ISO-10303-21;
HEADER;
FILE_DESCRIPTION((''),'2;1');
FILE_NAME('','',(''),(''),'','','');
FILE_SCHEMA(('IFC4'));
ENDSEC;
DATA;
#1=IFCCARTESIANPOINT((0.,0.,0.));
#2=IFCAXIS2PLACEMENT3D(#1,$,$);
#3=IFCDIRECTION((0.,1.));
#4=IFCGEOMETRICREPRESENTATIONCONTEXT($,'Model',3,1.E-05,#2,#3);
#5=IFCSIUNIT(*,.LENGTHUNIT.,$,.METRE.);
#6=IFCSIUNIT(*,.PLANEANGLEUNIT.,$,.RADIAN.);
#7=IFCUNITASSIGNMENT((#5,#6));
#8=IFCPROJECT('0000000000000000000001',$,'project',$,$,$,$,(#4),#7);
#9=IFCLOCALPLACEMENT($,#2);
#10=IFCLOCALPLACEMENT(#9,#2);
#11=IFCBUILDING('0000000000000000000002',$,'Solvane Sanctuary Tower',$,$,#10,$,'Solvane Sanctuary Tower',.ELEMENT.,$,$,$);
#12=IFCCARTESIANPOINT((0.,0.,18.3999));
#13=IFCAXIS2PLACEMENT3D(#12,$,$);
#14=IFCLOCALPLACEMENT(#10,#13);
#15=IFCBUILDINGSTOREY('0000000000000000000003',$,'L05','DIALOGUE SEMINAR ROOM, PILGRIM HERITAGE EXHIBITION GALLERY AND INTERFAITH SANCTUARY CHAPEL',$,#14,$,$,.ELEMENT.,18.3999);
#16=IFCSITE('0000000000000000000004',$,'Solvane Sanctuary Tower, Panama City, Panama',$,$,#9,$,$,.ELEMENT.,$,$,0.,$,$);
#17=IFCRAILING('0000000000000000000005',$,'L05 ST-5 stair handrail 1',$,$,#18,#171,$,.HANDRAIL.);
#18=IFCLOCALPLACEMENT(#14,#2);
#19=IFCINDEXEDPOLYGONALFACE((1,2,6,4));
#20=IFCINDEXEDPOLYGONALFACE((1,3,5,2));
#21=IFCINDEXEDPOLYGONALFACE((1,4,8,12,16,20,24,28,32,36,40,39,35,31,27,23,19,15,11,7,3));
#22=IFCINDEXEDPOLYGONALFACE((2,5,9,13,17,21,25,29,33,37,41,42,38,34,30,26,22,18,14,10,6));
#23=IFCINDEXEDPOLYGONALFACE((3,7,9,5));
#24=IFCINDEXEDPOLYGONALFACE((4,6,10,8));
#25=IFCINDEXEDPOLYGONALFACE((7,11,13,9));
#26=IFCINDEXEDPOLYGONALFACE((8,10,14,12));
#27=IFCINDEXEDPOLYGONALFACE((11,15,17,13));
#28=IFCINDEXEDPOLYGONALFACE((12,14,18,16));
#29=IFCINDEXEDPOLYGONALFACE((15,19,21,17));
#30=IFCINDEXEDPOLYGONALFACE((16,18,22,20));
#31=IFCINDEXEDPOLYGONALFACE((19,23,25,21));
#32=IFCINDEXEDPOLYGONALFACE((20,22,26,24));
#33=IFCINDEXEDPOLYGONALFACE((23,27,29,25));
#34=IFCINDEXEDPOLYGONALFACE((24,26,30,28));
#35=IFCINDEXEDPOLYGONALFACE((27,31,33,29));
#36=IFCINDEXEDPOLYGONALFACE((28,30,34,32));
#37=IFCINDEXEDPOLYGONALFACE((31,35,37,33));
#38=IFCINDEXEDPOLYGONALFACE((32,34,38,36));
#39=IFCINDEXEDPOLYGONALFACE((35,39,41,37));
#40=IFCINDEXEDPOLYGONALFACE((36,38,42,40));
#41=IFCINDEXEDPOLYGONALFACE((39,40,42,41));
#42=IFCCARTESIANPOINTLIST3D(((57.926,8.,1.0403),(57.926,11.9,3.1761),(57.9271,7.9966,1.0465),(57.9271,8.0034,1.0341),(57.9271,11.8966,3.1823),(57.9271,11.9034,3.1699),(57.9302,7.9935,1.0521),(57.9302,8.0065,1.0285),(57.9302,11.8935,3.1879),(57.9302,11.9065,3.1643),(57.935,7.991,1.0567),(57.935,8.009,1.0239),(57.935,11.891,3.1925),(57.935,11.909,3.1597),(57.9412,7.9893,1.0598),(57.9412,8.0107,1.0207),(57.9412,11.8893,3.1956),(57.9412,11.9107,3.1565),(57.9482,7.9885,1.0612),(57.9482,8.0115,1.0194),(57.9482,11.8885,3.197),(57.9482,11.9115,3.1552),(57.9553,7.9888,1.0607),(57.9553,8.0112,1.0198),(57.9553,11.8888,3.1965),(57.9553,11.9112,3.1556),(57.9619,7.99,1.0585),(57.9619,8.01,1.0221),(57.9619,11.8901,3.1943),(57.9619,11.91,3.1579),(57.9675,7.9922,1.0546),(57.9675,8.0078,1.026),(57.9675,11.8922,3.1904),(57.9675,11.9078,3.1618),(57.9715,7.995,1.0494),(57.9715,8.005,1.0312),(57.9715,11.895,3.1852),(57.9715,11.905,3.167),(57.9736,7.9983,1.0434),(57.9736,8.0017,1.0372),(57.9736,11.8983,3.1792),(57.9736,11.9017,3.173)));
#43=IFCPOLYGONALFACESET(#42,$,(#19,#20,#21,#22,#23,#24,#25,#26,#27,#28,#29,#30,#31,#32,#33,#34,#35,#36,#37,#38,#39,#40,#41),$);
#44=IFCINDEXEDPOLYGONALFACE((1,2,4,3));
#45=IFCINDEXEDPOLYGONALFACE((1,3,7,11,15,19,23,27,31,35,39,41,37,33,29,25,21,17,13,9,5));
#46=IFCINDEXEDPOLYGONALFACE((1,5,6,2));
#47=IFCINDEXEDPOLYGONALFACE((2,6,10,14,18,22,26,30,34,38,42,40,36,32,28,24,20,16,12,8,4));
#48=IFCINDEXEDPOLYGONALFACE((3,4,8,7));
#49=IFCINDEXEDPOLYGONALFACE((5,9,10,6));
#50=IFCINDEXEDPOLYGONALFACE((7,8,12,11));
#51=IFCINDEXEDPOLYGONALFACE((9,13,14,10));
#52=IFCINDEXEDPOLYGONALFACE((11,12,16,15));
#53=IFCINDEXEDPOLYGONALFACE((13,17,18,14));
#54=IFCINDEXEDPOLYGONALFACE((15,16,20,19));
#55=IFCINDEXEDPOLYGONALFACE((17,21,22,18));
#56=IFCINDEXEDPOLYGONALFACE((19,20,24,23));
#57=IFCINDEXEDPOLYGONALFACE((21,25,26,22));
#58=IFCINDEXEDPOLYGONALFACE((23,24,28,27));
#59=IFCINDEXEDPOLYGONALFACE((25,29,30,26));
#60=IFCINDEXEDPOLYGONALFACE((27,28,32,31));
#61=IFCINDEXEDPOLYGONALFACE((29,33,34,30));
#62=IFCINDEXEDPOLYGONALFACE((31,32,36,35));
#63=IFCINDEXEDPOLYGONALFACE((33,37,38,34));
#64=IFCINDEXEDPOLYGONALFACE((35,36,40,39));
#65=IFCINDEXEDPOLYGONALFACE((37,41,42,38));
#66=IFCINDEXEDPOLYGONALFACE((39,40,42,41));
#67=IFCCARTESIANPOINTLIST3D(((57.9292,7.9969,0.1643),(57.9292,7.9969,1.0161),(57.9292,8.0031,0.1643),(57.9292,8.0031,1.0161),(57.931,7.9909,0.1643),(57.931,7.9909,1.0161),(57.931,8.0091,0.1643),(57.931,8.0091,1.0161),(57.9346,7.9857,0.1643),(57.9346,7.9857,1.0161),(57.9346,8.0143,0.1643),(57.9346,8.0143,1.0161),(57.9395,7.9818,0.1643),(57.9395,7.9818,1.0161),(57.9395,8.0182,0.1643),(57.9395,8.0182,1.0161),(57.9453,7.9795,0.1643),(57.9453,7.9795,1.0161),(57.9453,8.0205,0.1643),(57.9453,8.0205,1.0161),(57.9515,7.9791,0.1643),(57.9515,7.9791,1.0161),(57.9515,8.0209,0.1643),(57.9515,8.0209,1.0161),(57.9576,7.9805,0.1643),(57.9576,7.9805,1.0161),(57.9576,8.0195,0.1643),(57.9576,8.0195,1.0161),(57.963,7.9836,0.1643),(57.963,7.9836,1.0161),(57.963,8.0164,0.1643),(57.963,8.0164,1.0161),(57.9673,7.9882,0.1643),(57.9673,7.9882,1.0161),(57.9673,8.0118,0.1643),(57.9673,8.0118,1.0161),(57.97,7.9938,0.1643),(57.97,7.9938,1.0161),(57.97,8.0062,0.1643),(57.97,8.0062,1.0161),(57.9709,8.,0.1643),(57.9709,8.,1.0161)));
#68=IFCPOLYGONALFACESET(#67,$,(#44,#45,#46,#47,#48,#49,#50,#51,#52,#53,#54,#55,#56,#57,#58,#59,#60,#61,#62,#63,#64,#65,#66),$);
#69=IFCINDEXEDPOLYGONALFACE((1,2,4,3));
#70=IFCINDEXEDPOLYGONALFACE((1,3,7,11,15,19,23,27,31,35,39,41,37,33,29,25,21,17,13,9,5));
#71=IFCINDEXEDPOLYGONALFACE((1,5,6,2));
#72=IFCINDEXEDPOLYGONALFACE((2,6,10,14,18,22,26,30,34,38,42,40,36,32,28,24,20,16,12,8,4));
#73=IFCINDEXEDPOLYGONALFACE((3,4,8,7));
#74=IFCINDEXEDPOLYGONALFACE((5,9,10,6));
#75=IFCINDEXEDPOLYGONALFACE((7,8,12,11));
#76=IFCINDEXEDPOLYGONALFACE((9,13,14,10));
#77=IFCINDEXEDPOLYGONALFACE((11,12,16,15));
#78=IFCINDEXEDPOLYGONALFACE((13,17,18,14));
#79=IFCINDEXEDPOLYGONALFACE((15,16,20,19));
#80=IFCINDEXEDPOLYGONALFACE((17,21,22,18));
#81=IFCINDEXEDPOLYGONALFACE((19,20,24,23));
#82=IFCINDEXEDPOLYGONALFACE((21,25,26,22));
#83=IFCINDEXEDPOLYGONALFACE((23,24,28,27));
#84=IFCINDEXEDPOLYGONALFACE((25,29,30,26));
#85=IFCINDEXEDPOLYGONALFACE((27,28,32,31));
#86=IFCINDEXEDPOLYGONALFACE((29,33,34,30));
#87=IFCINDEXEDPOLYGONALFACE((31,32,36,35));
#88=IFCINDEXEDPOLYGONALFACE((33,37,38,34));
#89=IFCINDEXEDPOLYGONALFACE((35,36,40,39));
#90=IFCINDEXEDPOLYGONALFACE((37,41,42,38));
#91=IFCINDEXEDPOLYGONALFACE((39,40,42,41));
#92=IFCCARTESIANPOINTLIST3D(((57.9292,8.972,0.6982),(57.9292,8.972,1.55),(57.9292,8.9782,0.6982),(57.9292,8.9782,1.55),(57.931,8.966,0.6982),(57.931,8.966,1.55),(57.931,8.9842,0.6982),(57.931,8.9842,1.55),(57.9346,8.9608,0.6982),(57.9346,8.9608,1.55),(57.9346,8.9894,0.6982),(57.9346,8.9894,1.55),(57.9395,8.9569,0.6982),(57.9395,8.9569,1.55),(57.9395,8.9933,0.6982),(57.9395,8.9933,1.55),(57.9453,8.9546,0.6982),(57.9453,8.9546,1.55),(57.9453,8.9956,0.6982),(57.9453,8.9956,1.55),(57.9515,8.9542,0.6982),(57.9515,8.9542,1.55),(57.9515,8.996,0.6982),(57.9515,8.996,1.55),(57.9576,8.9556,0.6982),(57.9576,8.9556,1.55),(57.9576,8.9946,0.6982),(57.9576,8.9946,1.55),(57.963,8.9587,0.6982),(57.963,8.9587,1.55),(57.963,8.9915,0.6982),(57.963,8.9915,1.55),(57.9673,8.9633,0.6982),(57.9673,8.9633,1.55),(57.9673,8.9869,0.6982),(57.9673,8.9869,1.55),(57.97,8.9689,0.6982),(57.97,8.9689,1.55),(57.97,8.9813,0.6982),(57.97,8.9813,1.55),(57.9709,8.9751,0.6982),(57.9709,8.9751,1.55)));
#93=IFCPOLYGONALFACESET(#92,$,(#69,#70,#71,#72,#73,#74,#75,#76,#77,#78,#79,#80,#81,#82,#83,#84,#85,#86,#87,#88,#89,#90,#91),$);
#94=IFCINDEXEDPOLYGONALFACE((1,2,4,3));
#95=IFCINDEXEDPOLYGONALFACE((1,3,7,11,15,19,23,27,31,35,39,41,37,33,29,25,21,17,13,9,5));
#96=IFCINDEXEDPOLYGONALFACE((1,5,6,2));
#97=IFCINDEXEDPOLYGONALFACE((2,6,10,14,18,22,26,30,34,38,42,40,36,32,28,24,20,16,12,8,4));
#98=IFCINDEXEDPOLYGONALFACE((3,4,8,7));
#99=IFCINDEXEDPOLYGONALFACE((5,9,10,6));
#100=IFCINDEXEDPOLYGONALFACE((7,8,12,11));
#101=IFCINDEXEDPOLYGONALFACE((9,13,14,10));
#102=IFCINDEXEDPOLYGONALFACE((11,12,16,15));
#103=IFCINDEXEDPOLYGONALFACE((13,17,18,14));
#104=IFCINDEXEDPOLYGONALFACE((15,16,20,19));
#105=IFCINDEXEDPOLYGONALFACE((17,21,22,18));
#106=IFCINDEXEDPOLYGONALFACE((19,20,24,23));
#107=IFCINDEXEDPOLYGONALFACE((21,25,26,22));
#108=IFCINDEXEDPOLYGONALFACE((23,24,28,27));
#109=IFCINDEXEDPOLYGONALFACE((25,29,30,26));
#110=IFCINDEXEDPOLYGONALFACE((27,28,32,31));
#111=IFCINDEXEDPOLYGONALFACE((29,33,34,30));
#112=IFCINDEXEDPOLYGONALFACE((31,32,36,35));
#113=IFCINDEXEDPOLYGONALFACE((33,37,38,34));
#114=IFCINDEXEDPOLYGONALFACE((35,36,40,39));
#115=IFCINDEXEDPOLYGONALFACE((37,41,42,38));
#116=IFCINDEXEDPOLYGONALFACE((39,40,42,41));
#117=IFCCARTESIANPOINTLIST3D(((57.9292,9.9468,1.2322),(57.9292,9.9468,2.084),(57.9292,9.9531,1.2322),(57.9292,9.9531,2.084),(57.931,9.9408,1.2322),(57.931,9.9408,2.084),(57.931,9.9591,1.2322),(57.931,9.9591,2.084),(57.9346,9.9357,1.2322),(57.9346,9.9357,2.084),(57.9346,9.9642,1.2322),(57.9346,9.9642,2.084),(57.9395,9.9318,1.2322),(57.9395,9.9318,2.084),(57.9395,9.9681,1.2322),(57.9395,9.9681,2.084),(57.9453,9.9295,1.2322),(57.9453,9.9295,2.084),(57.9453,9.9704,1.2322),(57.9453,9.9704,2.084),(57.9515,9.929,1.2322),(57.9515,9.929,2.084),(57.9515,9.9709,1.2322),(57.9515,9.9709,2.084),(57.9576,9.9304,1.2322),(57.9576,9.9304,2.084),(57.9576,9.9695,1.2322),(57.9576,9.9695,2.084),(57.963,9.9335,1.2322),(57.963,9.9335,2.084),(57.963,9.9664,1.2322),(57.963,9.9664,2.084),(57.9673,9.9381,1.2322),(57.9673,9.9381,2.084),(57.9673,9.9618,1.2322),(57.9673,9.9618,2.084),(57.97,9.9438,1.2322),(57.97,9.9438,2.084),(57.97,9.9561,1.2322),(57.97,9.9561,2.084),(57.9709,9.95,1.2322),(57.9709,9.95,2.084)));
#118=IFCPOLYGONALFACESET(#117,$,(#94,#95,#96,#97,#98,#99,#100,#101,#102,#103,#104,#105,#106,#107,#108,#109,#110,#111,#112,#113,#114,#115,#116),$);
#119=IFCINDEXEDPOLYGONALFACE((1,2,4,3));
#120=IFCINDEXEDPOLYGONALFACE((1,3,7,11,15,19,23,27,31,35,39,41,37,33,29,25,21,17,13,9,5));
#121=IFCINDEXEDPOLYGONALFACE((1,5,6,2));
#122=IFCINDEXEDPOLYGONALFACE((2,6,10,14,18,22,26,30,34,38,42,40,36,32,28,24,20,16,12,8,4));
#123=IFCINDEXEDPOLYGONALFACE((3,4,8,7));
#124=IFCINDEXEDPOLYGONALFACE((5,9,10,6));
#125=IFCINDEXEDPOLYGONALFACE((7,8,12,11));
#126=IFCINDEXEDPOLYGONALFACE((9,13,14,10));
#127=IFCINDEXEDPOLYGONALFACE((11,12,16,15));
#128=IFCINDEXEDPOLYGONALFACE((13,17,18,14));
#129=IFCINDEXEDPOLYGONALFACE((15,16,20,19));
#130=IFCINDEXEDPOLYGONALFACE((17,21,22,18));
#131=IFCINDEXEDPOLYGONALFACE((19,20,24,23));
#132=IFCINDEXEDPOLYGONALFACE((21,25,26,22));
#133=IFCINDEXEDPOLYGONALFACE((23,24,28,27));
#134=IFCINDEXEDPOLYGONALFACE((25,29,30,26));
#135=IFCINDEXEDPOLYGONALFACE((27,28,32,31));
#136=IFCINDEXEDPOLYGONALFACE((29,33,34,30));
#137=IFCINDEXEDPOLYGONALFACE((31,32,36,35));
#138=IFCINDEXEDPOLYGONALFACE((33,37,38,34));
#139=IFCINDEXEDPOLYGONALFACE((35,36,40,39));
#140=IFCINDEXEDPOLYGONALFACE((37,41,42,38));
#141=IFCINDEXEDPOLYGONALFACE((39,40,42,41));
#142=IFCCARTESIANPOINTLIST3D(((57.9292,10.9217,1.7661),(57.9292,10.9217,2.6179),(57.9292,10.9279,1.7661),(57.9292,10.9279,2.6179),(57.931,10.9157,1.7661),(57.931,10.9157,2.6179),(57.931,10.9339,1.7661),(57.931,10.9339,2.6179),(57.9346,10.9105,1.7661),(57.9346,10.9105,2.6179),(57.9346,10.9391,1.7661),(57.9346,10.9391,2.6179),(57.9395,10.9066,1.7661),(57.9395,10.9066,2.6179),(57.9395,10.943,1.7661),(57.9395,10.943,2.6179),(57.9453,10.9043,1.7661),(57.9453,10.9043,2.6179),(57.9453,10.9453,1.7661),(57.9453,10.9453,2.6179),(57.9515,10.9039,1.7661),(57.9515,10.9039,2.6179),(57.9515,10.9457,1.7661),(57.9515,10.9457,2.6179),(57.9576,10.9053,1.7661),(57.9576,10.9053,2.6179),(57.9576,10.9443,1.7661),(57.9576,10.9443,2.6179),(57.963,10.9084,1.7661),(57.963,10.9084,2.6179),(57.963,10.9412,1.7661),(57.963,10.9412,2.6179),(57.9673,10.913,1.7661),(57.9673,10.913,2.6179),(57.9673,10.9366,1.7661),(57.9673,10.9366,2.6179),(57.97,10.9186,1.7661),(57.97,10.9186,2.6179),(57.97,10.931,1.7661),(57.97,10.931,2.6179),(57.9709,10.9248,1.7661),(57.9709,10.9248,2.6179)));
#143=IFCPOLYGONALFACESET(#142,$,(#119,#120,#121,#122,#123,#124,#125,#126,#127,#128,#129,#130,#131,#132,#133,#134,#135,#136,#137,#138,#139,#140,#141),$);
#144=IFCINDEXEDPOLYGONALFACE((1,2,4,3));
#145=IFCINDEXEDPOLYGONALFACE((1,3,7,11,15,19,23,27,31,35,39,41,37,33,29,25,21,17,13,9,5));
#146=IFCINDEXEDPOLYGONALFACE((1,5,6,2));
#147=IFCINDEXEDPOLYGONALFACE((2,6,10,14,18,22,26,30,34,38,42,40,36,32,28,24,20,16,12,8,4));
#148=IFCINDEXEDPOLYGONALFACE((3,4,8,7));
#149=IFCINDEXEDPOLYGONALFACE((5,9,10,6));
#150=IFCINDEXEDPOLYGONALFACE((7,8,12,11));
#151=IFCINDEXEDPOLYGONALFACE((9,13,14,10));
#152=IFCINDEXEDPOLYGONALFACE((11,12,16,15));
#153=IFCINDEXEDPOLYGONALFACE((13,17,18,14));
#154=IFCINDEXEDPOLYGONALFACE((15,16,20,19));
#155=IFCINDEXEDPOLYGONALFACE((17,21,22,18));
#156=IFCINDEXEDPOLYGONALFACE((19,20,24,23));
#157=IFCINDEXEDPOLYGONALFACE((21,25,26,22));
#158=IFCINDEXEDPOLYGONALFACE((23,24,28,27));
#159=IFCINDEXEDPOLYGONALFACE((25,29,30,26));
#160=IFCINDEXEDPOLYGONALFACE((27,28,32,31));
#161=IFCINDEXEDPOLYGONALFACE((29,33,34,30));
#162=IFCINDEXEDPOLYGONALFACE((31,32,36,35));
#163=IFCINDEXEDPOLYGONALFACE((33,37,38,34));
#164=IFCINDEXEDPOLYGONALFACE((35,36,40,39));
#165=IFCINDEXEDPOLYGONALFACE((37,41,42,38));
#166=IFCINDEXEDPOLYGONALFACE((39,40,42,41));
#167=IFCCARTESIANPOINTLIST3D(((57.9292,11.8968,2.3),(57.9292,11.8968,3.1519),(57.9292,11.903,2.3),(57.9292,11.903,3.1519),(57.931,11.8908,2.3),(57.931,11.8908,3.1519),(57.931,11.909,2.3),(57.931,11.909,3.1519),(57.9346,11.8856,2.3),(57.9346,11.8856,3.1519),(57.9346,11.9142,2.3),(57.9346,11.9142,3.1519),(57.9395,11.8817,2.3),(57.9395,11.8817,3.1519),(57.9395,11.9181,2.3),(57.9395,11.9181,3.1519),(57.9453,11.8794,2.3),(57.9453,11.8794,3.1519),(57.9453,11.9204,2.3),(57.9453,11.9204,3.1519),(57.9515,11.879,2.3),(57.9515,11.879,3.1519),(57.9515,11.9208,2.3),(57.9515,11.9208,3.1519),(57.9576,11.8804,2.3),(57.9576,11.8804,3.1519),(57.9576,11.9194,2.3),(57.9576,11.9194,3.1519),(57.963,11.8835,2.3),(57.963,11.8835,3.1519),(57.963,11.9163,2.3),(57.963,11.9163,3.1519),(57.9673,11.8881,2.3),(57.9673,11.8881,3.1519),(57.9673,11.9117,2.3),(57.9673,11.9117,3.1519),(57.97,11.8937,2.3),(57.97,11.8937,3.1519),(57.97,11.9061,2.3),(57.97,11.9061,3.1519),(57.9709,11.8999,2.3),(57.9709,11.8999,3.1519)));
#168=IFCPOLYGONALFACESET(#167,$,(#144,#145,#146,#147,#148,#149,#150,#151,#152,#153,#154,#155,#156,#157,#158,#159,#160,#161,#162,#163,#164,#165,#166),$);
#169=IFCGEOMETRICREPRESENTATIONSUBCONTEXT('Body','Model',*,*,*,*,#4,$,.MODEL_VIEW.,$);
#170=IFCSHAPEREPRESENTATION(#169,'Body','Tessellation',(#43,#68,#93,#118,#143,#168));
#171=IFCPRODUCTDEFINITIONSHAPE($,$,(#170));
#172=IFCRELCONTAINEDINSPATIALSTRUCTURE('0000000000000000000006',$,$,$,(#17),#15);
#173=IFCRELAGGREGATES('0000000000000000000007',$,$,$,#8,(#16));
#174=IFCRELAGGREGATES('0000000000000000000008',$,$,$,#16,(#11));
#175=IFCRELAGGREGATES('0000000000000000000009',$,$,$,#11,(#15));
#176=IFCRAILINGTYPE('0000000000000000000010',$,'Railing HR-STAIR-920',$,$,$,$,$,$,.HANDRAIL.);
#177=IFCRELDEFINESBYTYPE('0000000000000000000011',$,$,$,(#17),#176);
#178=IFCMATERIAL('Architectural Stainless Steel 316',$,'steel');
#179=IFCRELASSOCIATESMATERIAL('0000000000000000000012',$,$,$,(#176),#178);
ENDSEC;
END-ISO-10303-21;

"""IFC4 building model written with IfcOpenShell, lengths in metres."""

from ifc_helpers import new_model, si_unit, direction, frame, origin, origin_2d, place, context, subcontext, project, spatial, circle, extrude, material, type_object, element, save


model = new_model("IFC4")

# Units and contexts
model_context = context("Model", 3, precision=1e-05, world=origin(), true_north=direction((0.0, 1.0)))
body_context = subcontext(model_context, "Body", "Model", "MODEL_VIEW")
ifc_project = project(units=[si_unit("LENGTHUNIT", "METRE"), si_unit("PLANEANGLEUNIT", "RADIAN")], contexts=[model_context])

# Site, building, storey
site_placement = place(None, origin())
site = spatial("IfcSite", under=ifc_project, at=site_placement, Name="Solvane Sanctuary Tower, Panama City, Panama", CompositionType="ELEMENT", RefElevation=0.0)
building_placement = place(site_placement, origin())
building = spatial("IfcBuilding", under=site, at=building_placement, Name="Solvane Sanctuary Tower", LongName="Solvane Sanctuary Tower", CompositionType="ELEMENT")
storey_placement = place(building_placement, frame((0.0, 0.0, 18.3999)))
storey = spatial("IfcBuildingStorey", under=building, at=storey_placement, Name="L05", Description="DIALOGUE SEMINAR ROOM, PILGRIM HERITAGE EXHIBITION GALLERY AND INTERFAITH SANCTUARY CHAPEL", CompositionType="ELEMENT", Elevation=18.3999)

# Shared definitions
ifc_material_1 = material(Name="Architectural Stainless Steel 316", Category="steel")

# Railing
railing_type_1 = type_object("IfcRailingType", Name="Railing HR-STAIR-920", PredefinedType="HANDRAIL", material=ifc_material_1)
railing_1_placement = place(storey_placement, frame((57.95, 8.0, 0.1643)))
element("IfcRailing", 1, at=railing_1_placement, inside=storey, type_object=railing_type_1, Name="L05 ST-5 stair handrail 1", PredefinedType="HANDRAIL", context=body_context, shape_type="SweptSolid", body=[
    extrude(circle(Radius=0.0239, at=origin_2d()), frame((0.0, 0.0, 0.876), z_axis=(0.0, 0.877089, 0.480329), x_axis=(-1.0, 0.0, 0.0)), (0.0, 0.0, 1.0), 4.4465),
    extrude(circle(Radius=0.021, at=origin_2d()), origin(), (0.0, 0.0, 1.0), 0.8518),
    extrude(circle(Radius=0.021, at=origin_2d()), frame((0.0, 0.9751, 0.5339)), (0.0, 0.0, 1.0), 0.8518),
    extrude(circle(Radius=0.021, at=origin_2d()), frame((0.0, 1.95, 1.0679)), (0.0, 0.0, 1.0), 0.8518),
    extrude(circle(Radius=0.021, at=origin_2d()), frame((0.0, 2.9248, 1.6018)), (0.0, 0.0, 1.0), 0.8518),
    extrude(circle(Radius=0.021, at=origin_2d()), frame((0.0, 3.8999, 2.1357)), (0.0, 0.0, 1.0), 0.8518),
])

save(model, "model.ifc")
